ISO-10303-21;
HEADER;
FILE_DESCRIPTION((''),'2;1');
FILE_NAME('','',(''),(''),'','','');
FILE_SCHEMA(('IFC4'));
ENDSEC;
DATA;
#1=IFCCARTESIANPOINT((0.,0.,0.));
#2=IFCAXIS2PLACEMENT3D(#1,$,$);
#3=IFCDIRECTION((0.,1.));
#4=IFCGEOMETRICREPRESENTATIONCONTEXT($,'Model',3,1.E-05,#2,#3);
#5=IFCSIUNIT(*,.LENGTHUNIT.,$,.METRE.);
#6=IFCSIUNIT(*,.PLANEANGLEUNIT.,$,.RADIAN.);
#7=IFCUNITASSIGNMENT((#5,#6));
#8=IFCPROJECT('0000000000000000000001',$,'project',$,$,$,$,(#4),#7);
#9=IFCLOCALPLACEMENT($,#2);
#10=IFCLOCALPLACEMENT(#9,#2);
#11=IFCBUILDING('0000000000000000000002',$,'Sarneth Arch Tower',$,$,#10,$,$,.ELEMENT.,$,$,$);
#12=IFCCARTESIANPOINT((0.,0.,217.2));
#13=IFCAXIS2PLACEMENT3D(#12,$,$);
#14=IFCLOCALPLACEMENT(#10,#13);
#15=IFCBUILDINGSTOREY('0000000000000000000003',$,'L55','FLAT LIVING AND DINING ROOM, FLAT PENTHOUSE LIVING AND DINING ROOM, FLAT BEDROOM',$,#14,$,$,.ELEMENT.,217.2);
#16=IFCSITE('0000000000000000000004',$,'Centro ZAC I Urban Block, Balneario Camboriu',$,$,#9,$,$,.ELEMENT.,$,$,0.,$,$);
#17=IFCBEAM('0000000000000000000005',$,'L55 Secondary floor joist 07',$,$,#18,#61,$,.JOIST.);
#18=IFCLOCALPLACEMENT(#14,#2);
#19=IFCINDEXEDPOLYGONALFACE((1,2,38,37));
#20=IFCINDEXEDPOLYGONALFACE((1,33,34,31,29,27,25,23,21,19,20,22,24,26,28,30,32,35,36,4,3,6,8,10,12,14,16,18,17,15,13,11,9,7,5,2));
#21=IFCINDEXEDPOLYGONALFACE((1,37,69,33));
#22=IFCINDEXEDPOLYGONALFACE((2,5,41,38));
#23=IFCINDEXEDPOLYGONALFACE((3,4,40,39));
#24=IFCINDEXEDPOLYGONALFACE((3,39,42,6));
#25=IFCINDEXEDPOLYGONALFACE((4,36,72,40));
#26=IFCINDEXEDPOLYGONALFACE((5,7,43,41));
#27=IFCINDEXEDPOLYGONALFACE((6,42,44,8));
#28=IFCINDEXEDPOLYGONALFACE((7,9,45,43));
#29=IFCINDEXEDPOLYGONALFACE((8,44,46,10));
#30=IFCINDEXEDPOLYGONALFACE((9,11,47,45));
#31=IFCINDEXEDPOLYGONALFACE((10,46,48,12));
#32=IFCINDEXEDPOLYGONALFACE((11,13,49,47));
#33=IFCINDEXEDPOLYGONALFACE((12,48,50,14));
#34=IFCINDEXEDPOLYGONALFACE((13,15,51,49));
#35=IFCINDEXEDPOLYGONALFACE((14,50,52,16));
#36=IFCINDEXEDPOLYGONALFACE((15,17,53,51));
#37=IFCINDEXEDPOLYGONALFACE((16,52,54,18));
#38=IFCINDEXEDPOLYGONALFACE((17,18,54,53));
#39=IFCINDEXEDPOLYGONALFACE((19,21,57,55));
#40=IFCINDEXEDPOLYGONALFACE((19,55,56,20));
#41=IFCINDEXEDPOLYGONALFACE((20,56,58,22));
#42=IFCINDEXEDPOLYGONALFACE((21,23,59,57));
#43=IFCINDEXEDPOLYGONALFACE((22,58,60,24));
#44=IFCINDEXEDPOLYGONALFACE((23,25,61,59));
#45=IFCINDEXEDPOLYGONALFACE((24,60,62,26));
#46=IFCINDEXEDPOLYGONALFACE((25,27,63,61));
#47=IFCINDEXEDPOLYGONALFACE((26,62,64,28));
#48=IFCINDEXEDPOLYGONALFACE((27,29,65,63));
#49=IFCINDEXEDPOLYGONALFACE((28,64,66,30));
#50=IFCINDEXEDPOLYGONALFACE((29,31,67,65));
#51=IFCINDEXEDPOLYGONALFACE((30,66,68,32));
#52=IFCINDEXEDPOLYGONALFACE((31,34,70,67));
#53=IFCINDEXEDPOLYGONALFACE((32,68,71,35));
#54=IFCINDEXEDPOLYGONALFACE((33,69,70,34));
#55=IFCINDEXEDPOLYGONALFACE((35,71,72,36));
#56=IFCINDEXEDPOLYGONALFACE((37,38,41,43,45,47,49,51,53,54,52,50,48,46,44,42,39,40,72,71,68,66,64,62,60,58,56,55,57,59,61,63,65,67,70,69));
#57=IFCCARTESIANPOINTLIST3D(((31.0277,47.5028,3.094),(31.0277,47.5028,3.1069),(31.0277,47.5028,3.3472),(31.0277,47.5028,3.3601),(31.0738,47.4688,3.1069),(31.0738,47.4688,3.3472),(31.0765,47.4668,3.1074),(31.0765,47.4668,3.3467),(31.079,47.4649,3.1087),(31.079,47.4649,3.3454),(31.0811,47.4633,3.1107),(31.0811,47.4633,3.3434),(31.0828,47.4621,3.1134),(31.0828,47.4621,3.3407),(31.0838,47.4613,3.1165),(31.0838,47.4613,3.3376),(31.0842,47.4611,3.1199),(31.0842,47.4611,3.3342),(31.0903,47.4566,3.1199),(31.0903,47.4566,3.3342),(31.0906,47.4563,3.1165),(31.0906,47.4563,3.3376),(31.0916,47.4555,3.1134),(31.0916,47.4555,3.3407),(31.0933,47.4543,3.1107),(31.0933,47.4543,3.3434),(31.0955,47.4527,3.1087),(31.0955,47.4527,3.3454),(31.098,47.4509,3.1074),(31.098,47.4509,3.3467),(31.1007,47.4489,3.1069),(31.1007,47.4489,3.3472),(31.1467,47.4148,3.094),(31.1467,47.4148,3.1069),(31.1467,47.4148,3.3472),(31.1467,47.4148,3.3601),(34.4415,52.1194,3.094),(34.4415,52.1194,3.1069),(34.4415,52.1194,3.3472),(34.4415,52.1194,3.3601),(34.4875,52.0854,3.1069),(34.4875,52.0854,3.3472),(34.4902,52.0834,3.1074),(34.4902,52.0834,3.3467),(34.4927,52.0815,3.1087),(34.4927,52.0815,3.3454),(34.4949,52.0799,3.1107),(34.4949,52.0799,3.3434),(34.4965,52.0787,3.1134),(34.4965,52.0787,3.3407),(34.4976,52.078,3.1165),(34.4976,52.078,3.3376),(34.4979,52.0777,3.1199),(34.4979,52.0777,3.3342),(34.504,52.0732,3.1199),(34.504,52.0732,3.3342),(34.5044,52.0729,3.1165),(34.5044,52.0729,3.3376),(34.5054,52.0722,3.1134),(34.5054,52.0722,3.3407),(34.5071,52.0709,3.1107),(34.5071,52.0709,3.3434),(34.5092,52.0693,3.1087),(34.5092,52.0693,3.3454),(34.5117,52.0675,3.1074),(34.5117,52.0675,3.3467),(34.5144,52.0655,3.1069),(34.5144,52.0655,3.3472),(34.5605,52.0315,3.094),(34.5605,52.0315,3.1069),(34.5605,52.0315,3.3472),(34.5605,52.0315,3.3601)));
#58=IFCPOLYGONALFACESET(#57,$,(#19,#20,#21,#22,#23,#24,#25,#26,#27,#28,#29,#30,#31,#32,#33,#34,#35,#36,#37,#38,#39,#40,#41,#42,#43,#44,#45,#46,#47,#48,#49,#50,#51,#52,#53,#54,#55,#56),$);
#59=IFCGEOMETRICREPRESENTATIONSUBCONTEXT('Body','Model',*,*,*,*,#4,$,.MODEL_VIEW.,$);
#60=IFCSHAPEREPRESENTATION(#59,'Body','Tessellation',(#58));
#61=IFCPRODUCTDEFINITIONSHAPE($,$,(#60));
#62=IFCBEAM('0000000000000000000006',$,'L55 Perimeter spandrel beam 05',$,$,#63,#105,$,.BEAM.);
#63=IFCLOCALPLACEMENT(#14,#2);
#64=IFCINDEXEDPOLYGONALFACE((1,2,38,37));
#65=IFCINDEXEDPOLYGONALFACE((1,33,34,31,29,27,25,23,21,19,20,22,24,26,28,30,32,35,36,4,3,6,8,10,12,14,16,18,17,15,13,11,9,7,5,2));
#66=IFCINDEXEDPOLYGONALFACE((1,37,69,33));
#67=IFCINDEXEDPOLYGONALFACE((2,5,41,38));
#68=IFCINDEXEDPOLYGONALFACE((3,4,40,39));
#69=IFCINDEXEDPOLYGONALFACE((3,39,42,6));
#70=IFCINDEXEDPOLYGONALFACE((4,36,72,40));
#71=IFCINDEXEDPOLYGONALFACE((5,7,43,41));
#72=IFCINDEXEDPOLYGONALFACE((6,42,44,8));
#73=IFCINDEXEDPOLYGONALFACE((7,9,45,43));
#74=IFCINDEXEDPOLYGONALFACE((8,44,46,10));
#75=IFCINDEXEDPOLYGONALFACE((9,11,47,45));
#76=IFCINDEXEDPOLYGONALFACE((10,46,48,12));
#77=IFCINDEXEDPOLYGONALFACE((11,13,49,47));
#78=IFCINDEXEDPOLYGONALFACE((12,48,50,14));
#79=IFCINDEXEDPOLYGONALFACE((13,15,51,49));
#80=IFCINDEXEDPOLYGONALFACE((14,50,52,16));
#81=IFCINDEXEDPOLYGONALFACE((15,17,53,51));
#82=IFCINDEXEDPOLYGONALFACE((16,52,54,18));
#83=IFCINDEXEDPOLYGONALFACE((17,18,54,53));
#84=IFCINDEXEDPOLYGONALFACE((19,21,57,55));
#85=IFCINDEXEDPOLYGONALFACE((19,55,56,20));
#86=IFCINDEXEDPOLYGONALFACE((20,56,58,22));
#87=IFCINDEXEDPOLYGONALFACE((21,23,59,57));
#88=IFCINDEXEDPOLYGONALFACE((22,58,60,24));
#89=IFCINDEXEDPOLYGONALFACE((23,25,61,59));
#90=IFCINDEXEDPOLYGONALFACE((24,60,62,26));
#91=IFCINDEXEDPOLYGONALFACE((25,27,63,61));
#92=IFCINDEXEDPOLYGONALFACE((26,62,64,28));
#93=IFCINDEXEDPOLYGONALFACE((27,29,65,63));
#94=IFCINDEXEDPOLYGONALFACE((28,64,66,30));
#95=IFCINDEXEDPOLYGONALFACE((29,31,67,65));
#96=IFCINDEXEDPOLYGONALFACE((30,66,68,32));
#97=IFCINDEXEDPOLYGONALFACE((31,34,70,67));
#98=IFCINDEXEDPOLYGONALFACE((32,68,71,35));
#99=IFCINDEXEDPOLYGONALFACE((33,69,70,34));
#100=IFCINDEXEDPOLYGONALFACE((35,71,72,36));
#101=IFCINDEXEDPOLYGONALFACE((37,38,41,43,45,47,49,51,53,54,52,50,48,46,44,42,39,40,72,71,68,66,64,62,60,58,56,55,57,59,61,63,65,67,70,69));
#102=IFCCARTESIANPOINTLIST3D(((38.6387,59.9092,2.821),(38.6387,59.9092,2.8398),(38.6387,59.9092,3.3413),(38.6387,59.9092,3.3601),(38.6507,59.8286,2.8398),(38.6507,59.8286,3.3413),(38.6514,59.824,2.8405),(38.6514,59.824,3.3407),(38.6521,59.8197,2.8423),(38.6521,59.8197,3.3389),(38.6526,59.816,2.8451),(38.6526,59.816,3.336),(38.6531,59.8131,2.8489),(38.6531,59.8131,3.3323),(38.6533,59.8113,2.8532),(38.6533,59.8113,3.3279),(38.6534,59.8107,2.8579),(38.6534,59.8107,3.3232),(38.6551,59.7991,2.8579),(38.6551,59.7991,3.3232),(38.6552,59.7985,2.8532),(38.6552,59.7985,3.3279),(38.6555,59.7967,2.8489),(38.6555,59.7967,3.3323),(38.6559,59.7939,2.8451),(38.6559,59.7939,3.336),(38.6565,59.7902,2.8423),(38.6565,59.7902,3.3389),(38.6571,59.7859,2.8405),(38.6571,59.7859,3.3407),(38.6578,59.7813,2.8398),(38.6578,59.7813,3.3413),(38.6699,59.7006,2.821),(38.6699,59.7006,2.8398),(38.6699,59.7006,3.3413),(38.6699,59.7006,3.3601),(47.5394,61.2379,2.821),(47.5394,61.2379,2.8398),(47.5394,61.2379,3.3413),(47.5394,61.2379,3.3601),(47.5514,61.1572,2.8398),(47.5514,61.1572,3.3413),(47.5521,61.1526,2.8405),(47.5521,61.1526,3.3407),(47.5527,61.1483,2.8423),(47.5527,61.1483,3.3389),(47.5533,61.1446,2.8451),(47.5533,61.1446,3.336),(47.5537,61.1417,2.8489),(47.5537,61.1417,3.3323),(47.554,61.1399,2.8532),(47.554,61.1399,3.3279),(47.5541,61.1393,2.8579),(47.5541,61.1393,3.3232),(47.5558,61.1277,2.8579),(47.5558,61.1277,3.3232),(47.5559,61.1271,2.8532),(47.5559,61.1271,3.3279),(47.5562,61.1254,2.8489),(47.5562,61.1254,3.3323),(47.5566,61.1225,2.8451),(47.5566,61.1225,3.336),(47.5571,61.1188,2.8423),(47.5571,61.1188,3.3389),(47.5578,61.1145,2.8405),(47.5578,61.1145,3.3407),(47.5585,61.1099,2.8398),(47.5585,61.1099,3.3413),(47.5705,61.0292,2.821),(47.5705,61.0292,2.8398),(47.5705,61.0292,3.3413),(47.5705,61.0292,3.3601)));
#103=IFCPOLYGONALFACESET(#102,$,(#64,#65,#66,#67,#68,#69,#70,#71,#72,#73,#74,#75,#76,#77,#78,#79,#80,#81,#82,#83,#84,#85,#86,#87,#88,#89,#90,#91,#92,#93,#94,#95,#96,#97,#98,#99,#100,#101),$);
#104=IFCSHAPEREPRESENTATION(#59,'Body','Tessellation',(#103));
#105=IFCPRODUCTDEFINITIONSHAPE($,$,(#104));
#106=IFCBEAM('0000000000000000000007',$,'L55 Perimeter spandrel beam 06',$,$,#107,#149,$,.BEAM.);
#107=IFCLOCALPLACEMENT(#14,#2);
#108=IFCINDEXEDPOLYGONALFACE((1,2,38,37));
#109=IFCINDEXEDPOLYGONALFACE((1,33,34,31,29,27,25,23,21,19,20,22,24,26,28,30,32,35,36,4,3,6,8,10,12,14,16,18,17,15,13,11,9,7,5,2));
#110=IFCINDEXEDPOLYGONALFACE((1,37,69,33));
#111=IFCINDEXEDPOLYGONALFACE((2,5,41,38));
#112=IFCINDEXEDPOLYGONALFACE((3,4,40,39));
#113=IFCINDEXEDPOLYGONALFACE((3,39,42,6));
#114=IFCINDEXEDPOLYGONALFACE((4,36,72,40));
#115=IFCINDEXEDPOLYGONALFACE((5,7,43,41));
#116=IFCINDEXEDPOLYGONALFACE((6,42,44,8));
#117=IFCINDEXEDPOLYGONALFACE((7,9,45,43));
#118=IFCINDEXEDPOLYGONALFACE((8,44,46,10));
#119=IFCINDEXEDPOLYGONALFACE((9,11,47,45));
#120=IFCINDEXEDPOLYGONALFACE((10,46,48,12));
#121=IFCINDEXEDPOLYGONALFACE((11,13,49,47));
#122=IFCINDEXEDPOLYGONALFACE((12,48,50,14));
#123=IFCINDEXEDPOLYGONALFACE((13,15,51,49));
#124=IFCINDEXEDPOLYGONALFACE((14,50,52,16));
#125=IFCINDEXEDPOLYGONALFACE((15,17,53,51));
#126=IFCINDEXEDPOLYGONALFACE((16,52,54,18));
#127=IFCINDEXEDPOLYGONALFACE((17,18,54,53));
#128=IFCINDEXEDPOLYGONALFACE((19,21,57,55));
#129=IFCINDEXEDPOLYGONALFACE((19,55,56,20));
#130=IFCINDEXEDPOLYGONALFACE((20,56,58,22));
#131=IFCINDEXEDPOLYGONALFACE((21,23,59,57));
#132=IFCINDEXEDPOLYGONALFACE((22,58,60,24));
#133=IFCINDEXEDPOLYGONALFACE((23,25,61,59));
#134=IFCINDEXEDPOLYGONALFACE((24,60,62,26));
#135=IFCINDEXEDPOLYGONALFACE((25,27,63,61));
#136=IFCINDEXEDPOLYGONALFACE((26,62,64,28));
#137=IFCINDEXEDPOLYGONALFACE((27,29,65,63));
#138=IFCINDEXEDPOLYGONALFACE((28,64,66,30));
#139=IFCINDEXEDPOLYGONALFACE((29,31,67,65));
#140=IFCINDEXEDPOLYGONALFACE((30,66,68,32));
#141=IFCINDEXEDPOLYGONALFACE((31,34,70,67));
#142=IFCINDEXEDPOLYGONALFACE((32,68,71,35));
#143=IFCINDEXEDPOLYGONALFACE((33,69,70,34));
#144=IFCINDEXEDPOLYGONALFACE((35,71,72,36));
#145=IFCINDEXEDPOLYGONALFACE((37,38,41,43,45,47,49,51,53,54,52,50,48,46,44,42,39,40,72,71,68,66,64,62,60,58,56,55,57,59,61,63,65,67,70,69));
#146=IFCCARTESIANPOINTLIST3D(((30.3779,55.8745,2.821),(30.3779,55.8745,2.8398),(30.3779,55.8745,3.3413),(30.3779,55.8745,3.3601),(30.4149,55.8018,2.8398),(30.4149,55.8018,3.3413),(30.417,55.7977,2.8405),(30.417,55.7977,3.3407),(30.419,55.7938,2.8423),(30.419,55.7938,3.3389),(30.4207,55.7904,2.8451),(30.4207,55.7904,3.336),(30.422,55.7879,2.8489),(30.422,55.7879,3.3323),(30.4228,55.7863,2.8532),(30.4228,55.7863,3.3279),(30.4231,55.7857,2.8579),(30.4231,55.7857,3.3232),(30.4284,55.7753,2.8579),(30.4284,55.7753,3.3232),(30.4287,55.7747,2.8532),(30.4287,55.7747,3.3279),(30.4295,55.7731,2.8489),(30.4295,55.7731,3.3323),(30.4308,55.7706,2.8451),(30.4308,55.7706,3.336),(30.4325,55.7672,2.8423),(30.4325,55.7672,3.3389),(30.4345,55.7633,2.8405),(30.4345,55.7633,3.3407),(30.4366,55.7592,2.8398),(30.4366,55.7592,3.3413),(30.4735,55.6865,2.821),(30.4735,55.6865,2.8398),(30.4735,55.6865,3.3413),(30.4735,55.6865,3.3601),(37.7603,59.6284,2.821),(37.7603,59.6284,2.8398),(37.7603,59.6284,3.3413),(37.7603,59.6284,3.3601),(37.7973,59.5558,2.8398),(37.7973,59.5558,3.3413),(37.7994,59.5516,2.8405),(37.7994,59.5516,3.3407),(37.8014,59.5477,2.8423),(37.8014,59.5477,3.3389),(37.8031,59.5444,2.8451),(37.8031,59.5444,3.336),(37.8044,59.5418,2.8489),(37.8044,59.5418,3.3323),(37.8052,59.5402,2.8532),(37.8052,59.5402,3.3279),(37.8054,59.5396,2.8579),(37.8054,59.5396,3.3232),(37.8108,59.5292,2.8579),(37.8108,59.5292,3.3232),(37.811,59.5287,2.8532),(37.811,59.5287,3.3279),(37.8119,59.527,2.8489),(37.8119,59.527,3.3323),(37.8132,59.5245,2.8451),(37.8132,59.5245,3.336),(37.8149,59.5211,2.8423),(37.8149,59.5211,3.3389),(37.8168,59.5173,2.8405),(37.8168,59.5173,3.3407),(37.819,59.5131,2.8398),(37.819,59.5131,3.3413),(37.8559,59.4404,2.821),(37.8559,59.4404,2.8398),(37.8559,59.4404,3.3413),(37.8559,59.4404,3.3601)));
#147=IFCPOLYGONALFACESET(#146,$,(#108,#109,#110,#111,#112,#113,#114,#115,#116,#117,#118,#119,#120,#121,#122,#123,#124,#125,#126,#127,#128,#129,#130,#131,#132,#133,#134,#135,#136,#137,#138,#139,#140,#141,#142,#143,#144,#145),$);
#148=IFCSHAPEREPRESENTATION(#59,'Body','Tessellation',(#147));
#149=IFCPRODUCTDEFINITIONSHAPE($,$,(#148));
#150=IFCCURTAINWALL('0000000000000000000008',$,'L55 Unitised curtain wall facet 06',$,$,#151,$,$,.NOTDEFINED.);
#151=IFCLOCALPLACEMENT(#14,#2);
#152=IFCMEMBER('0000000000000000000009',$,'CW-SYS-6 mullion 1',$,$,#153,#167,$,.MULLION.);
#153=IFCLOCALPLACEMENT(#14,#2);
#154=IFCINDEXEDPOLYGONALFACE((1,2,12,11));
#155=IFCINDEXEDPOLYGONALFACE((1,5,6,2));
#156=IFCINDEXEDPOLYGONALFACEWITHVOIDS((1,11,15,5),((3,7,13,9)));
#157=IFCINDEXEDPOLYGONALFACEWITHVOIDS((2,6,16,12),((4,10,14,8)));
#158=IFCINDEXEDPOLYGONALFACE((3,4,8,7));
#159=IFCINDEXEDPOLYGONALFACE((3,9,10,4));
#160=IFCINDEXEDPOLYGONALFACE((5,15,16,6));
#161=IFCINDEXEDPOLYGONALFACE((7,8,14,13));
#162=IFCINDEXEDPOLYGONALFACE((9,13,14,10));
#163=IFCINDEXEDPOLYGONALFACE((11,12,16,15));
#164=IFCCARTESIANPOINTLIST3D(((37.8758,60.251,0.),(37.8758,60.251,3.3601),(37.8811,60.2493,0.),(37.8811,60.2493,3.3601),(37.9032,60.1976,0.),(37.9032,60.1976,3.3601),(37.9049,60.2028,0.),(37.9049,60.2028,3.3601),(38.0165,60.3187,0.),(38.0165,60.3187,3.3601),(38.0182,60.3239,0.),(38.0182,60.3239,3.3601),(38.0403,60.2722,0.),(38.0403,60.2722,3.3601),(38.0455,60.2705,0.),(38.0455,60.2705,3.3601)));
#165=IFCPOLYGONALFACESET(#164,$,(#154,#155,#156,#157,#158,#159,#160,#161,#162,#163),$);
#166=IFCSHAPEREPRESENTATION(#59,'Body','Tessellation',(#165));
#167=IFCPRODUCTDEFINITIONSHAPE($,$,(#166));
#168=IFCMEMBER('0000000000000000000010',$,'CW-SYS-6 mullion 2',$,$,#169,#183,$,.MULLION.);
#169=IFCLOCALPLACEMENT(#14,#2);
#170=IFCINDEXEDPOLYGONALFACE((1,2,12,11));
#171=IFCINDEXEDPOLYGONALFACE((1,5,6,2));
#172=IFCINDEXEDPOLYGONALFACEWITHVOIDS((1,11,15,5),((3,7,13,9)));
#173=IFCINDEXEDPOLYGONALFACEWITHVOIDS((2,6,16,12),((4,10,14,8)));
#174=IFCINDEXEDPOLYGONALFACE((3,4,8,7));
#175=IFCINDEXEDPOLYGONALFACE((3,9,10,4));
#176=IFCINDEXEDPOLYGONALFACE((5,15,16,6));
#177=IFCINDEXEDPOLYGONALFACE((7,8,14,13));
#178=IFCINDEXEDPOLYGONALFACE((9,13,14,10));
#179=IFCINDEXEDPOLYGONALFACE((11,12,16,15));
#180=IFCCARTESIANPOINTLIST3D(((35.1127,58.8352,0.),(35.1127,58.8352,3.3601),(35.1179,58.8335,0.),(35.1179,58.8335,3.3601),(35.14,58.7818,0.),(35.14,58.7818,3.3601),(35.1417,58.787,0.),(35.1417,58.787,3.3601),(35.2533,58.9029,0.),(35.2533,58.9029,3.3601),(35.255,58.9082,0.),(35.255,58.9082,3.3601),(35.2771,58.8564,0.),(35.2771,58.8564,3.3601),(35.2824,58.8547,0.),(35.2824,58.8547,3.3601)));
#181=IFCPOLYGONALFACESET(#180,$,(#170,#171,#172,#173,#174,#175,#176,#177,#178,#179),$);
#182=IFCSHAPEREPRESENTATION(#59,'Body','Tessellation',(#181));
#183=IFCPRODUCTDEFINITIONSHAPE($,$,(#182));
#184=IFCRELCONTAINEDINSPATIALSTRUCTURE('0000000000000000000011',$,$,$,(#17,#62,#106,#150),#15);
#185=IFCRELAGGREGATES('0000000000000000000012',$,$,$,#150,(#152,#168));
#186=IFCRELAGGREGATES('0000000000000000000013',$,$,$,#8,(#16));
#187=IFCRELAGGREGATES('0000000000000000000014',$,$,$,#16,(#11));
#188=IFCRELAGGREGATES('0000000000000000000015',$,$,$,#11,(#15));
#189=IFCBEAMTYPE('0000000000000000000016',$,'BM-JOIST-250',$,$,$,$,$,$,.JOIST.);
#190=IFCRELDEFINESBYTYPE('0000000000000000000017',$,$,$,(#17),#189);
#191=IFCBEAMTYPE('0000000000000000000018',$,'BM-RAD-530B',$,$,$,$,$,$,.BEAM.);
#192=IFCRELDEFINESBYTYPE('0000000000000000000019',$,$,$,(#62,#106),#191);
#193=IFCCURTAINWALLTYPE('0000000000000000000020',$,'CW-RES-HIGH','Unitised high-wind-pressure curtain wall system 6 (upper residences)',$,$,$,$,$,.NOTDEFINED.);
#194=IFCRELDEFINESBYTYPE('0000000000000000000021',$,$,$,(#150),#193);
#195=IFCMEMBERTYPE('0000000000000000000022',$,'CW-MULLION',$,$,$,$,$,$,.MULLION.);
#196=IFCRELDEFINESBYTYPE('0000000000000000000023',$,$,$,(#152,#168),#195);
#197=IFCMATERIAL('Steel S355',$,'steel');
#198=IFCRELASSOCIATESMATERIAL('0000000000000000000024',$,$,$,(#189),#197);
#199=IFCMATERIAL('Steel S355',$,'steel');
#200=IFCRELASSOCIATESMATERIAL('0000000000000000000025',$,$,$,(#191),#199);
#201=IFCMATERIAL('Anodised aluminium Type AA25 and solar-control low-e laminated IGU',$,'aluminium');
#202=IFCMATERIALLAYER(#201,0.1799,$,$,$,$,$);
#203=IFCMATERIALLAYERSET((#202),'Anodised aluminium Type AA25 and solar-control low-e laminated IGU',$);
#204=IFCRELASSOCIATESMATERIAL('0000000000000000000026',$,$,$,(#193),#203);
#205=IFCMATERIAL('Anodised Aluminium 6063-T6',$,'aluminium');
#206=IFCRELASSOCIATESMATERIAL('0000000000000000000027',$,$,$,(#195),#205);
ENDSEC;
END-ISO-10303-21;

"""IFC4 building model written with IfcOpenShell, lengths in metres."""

from ifc_helpers import new_model, si_unit, direction, frame, origin, origin_2d, place, context, subcontext, project, spatial, hollow_rectangle, i_section, extrude, material, layer, layer_set, material_profile, profile_set, type_object, element, aggregate, save


model = new_model("IFC4")

# Units and contexts
model_context = context("Model", 3, precision=1e-05, world=origin(), true_north=direction((0.0, 1.0)))
body_context = subcontext(model_context, "Body", "Model", "MODEL_VIEW")
ifc_project = project(units=[si_unit("LENGTHUNIT", "METRE"), si_unit("PLANEANGLEUNIT", "RADIAN")], contexts=[model_context])

# Site, building, storey
site_placement = place(None, origin())
site = spatial("IfcSite", under=ifc_project, at=site_placement, Name="Centro ZAC I Urban Block, Balneario Camboriu", CompositionType="ELEMENT", RefElevation=0.0)
building_placement = place(site_placement, origin())
building = spatial("IfcBuilding", under=site, at=building_placement, Name="Sarneth Arch Tower", CompositionType="ELEMENT")
storey_placement = place(building_placement, frame((0.0, 0.0, 217.2)))
storey = spatial("IfcBuildingStorey", under=building, at=storey_placement, Name="L55", Description="FLAT LIVING AND DINING ROOM, FLAT PENTHOUSE LIVING AND DINING ROOM, FLAT BEDROOM", CompositionType="ELEMENT", Elevation=217.2)

# Beams
ifc_material_1 = material(Name="Steel S355", Category="steel")
ifc_material_profile_1 = material_profile(ifc_material_1, i_section(OverallWidth=0.1479, OverallDepth=0.2661, WebThickness=0.0076, FlangeThickness=0.0129, FilletRadius=0.0129, at=origin_2d()), Name="W250x44.8")
ifc_profile_set_1 = profile_set([ifc_material_profile_1], Name="Steel S355")
beam_type_1 = type_object("IfcBeamType", Name="BM-JOIST-250", PredefinedType="JOIST", material=ifc_profile_set_1)
beam_1_placement = place(storey_placement, frame((34.501, 52.0754, 3.2271), z_axis=(-0.594557, -0.804053, 0.0), x_axis=(0.804053, -0.594557, 0.0)))
element("IfcBeam", 1, at=beam_1_placement, inside=storey, type_object=beam_type_1, Name="L55 Secondary floor joist 07", PredefinedType="JOIST", context=body_context, shape_type="SweptSolid", body=[
    extrude(i_section(OverallWidth=0.1479, OverallDepth=0.2661, WebThickness=0.0076, FlangeThickness=0.0129, FilletRadius=0.0129, at=origin_2d()), origin(), (0.0, 0.0, 1.0), 5.7417),
])
ifc_material_2 = material(Name="Steel S355", Category="steel")
ifc_material_profile_2 = material_profile(ifc_material_2, i_section(OverallWidth=0.2109, OverallDepth=0.5391, WebThickness=0.0117, FlangeThickness=0.0188, FilletRadius=0.0181, at=origin_2d()), Name="W530x109")
ifc_profile_set_2 = profile_set([ifc_material_profile_2], Name="Steel S355")
beam_type_2 = type_object("IfcBeamType", Name="BM-RAD-530B", PredefinedType="BEAM", material=ifc_profile_set_2)
beam_2_placement = place(storey_placement, frame((47.5549, 61.1335, 3.0906), z_axis=(-0.989042, -0.147636, 0.0), x_axis=(0.147636, -0.989042, 0.0)))
element("IfcBeam", 2, at=beam_2_placement, inside=storey, type_object=beam_type_2, Name="L55 Perimeter spandrel beam 05", PredefinedType="BEAM", context=body_context, shape_type="SweptSolid", body=[
    extrude(i_section(OverallWidth=0.2109, OverallDepth=0.5391, WebThickness=0.0117, FlangeThickness=0.0188, FilletRadius=0.0181, at=origin_2d()), origin(), (0.0, 0.0, 1.0), 8.9993),
])
beam_3_placement = place(storey_placement, frame((37.8081, 59.5344, 3.0906), z_axis=(-0.891376, -0.453264, 0.0), x_axis=(0.453264, -0.891376, 0.0)))
element("IfcBeam", 3, at=beam_3_placement, inside=storey, type_object=beam_type_2, Name="L55 Perimeter spandrel beam 06", PredefinedType="BEAM", context=body_context, shape_type="SweptSolid", body=[
    extrude(i_section(OverallWidth=0.2109, OverallDepth=0.5391, WebThickness=0.0117, FlangeThickness=0.0188, FilletRadius=0.0181, at=origin_2d()), origin(), (0.0, 0.0, 1.0), 8.282),
])

# Curtain wall, members
ifc_material_3 = material(Name="Anodised aluminium Type AA25 and solar-control low-e laminated IGU", Category="aluminium")
ifc_layer_1 = layer(ifc_material_3, 0.1799)
ifc_layer_set_1 = layer_set([ifc_layer_1], Name="Anodised aluminium Type AA25 and solar-control low-e laminated IGU")
curtain_wall_type = type_object("IfcCurtainWallType", Name="CW-RES-HIGH", Description="Unitised high-wind-pressure curtain wall system 6 (upper residences)", PredefinedType="NOTDEFINED", material=ifc_layer_set_1)
curtain_wall_placement = place(storey_placement, origin())
curtain_wall = element("IfcCurtainWall", 4, at=curtain_wall_placement, inside=storey, type_object=curtain_wall_type, Name="L55 Unitised curtain wall facet 06", PredefinedType="NOTDEFINED")
ifc_material_4 = material(Name="Anodised Aluminium 6063-T6", Category="aluminium")
ifc_material_profile_3 = material_profile(ifc_material_4, hollow_rectangle(XDim=0.0601, YDim=0.1599, WallThickness=0.0039, at=origin_2d()), Name="AL-MULL-160x60x4")
ifc_profile_set_3 = profile_set([ifc_material_profile_3], Name="Anodised Aluminium 6063-T6")
member_type_1 = type_object("IfcMemberType", Name="CW-MULLION", PredefinedType="MULLION", material=ifc_profile_set_3)
member_1_placement = place(storey_placement, frame((37.9607, 60.2607, 0.0), z_axis=(0.0, 0.0, 1.0), x_axis=(0.455942, -0.89001, 0.0)))
member_1 = element("IfcMember", 5, at=member_1_placement, type_object=member_type_1, Name="CW-SYS-6 mullion 1", PredefinedType="MULLION", context=body_context, shape_type="SweptSolid", body=[
    extrude(hollow_rectangle(XDim=0.0601, YDim=0.1599, WallThickness=0.0039, at=origin_2d()), origin(), (0.0, 0.0, 1.0), 3.3601),
])
member_2_placement = place(storey_placement, frame((35.1975, 58.845, 0.0), z_axis=(0.0, 0.0, 1.0), x_axis=(0.455942, -0.89001, 0.0)))
member_2 = element("IfcMember", 6, at=member_2_placement, type_object=member_type_1, Name="CW-SYS-6 mullion 2", PredefinedType="MULLION", context=body_context, shape_type="SweptSolid", body=[
    extrude(hollow_rectangle(XDim=0.0601, YDim=0.1599, WallThickness=0.0039, at=origin_2d()), origin(), (0.0, 0.0, 1.0), 3.3601),
])
aggregate(curtain_wall, [member_1, member_2])

save(model, "model.ifc")
